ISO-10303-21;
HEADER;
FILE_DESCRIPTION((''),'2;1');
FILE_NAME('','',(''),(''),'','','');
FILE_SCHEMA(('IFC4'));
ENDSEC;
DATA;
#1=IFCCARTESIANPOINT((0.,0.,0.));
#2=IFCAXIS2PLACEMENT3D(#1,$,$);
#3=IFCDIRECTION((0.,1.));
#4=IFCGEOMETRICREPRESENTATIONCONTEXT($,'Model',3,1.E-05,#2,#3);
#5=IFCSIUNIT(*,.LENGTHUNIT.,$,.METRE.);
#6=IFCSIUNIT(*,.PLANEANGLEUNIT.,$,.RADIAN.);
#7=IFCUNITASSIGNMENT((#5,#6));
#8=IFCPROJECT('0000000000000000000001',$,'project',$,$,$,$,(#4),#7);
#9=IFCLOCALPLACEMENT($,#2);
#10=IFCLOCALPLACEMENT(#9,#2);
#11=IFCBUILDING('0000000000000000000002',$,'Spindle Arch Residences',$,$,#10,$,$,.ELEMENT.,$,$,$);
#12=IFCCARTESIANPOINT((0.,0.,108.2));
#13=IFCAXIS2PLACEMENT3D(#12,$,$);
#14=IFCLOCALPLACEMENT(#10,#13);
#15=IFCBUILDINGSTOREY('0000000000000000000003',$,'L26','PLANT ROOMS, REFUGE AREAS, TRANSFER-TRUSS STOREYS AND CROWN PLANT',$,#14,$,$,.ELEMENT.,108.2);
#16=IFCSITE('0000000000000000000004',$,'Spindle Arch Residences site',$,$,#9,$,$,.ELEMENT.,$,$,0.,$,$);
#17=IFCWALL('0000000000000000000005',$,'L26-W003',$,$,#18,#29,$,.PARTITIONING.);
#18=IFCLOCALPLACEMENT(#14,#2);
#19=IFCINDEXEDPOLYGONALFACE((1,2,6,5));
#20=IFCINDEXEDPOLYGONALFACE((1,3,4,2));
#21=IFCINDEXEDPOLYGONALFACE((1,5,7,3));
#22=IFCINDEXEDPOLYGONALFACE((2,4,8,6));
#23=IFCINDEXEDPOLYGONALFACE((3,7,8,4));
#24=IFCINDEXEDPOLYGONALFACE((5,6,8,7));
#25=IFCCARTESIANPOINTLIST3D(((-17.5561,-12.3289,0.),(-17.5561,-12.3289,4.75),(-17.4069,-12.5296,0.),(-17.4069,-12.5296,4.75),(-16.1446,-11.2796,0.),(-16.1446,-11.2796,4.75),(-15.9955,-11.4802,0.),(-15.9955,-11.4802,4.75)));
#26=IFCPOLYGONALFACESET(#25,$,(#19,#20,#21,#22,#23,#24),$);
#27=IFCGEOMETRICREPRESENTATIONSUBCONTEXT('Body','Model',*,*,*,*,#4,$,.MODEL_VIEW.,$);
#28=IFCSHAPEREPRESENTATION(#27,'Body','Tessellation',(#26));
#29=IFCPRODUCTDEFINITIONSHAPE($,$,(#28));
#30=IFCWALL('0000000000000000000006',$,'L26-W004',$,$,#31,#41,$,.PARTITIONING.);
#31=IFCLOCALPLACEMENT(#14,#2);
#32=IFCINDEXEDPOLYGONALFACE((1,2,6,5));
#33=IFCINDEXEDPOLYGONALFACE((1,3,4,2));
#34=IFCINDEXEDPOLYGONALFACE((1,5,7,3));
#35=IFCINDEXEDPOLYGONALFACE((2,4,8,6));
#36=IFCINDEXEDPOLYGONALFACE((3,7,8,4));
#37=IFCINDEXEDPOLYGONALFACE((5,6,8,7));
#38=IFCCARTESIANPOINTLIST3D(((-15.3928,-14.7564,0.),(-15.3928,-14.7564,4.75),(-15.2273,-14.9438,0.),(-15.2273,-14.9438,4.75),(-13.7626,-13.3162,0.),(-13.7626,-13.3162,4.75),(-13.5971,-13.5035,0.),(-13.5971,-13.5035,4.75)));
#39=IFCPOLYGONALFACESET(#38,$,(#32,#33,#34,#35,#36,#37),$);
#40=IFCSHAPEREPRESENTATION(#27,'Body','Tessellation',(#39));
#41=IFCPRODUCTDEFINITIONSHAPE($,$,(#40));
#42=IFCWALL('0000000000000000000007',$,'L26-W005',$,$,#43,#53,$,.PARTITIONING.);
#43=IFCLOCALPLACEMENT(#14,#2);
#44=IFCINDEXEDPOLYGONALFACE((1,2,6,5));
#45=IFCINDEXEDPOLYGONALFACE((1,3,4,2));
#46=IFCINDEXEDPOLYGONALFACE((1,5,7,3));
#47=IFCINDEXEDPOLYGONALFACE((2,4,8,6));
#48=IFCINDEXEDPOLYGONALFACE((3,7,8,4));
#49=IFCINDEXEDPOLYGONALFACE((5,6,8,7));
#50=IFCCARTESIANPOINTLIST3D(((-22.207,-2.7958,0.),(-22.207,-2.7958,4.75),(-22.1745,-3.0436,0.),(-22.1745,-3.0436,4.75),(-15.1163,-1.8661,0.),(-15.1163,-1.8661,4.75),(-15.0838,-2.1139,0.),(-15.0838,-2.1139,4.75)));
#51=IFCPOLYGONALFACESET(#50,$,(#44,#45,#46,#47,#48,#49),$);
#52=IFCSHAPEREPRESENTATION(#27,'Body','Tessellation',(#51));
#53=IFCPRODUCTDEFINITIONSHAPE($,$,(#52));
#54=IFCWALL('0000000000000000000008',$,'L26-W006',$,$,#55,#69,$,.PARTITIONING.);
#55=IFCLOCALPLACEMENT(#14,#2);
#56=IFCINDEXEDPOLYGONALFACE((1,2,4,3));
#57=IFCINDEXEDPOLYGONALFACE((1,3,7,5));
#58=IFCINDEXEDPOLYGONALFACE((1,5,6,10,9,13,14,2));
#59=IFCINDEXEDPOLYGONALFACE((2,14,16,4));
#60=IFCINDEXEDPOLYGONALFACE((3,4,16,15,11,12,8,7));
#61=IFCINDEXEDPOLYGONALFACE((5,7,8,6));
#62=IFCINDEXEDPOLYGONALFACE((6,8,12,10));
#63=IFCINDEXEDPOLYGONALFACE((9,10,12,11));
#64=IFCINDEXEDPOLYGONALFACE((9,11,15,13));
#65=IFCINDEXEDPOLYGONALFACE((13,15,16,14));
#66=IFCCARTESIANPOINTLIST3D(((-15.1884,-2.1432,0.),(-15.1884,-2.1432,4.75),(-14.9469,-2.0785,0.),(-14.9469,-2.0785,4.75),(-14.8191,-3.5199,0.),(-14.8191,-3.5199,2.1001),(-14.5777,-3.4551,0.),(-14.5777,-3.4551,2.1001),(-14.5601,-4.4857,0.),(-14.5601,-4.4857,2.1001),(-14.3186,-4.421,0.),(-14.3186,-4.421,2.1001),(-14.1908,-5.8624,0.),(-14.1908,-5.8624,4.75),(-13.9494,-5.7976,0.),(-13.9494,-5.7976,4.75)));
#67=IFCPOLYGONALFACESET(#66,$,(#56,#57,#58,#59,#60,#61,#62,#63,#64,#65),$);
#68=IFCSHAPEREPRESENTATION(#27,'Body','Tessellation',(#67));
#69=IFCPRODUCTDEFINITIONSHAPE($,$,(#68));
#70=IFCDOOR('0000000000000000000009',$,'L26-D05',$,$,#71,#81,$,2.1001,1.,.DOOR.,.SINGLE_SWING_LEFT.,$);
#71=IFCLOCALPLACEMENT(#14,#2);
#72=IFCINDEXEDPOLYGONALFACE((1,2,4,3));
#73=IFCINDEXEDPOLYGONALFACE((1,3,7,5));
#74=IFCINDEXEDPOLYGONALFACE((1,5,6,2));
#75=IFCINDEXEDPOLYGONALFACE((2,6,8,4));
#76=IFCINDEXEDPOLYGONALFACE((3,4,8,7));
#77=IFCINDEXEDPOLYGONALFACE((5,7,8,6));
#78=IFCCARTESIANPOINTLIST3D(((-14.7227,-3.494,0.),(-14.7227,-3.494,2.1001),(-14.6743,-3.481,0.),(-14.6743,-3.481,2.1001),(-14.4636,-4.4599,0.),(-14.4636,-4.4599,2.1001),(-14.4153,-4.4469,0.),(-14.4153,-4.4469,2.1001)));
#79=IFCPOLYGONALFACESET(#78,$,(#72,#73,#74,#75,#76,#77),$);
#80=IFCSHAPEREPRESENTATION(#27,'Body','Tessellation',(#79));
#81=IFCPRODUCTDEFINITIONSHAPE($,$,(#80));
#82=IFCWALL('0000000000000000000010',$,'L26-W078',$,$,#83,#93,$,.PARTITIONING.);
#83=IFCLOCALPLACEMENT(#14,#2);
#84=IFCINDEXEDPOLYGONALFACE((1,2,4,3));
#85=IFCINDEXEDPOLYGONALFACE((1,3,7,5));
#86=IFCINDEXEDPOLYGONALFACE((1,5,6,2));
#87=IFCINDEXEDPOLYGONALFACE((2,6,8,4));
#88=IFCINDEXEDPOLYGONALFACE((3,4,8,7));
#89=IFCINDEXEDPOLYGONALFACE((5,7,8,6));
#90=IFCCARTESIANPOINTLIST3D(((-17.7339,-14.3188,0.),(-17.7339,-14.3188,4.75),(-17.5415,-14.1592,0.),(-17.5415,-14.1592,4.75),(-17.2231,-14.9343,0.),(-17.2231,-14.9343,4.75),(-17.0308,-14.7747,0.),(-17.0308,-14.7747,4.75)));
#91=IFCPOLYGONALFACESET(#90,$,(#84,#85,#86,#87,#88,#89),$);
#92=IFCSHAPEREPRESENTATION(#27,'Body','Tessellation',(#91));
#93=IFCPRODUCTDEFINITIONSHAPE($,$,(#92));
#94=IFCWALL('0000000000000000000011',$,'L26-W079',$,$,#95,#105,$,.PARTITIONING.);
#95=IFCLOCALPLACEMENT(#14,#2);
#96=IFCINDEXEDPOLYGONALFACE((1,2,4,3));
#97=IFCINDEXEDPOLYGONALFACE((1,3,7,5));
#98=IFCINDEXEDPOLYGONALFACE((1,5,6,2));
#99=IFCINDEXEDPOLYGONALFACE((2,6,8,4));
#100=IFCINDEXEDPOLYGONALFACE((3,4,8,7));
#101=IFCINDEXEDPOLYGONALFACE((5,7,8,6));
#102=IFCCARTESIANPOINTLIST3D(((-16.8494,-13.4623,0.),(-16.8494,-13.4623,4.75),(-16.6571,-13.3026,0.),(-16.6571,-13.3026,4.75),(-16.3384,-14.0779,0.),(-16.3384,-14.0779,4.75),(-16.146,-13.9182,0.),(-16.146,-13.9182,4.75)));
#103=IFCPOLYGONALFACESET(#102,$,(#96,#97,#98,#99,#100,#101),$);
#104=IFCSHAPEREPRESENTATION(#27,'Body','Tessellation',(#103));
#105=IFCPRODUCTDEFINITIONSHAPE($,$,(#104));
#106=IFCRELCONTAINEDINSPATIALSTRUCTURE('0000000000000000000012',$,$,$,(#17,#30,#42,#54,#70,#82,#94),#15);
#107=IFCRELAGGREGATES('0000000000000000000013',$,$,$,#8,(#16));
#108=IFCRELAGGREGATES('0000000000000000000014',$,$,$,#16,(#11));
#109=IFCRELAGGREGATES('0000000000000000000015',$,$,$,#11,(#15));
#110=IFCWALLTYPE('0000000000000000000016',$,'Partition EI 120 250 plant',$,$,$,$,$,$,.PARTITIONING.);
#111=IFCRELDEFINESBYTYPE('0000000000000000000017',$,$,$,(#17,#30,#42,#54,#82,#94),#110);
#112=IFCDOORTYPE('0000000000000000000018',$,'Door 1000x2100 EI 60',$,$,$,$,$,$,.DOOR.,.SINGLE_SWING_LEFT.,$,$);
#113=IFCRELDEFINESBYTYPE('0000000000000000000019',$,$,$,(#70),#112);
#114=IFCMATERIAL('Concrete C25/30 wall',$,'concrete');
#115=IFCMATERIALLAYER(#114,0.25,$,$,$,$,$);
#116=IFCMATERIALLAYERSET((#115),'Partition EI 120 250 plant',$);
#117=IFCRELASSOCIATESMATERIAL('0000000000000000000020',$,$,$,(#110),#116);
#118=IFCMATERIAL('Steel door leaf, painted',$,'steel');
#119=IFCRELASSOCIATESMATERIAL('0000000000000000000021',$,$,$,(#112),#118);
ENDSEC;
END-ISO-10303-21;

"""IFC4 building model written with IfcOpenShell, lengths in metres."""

from ifc_helpers import new_model, si_unit, direction, frame, frame_2d, origin, place, context, subcontext, project, spatial, rectangle, extrude, material, layer, layer_set, type_object, element, fill, save


model = new_model("IFC4")

# Units and contexts
model_context = context("Model", 3, precision=1e-05, world=origin(), true_north=direction((0.0, 1.0)))
body_context = subcontext(model_context, "Body", "Model", "MODEL_VIEW")
ifc_project = project(units=[si_unit("LENGTHUNIT", "METRE"), si_unit("PLANEANGLEUNIT", "RADIAN")], contexts=[model_context])

# Site, building, storey
site_placement = place(None, origin())
site = spatial("IfcSite", under=ifc_project, at=site_placement, Name="Spindle Arch Residences site", CompositionType="ELEMENT", RefElevation=0.0)
building_placement = place(site_placement, origin())
building = spatial("IfcBuilding", under=site, at=building_placement, Name="Spindle Arch Residences", CompositionType="ELEMENT")
storey_placement = place(building_placement, frame((0.0, 0.0, 108.2)))
storey = spatial("IfcBuildingStorey", under=building, at=storey_placement, Name="L26", Description="PLANT ROOMS, REFUGE AREAS, TRANSFER-TRUSS STOREYS AND CROWN PLANT", CompositionType="ELEMENT", Elevation=108.2)

# Walls
ifc_material_1 = material(Name="Concrete C25/30 wall", Category="concrete")
ifc_layer_1 = layer(ifc_material_1, 0.25)
ifc_layer_set_1 = layer_set([ifc_layer_1], Name="Partition EI 120 250 plant")
wall_type_1 = type_object("IfcWallType", Name="Partition EI 120 250 plant", PredefinedType="PARTITIONING", material=ifc_layer_set_1)
wall_1_placement = place(storey_placement, frame((-16.0701, -11.3799, 0.0), z_axis=(0.0, 0.0, 1.0), x_axis=(-0.802508, -0.596641, 0.0)))
element("IfcWall", 1, at=wall_1_placement, inside=storey, type_object=wall_type_1, Name="L26-W003", PredefinedType="PARTITIONING", context=body_context, shape_type="SweptSolid", body=[
    extrude(rectangle(XDim=1.7588, YDim=0.25, at=frame_2d((0.8794, 0.0))), origin(), (0.0, 0.0, 1.0), 4.75),
])
wall_2_placement = place(storey_placement, frame((-15.3101, -14.8501, 0.0), z_axis=(0.0, 0.0, 1.0), x_axis=(0.749418, 0.662097, 0.0)))
element("IfcWall", 2, at=wall_2_placement, inside=storey, type_object=wall_type_1, Name="L26-W004", PredefinedType="PARTITIONING", context=body_context, shape_type="SweptSolid", body=[
    extrude(rectangle(XDim=2.1753, YDim=0.25, at=frame_2d((1.0876, 0.0))), origin(), (0.0, 0.0, 1.0), 4.75),
])
wall_3_placement = place(storey_placement, frame((-15.1001, -1.99, 0.0), z_axis=(0.0, 0.0, 1.0), x_axis=(-0.991514, -0.130003, 0.0)))
element("IfcWall", 3, at=wall_3_placement, inside=storey, type_object=wall_type_1, Name="L26-W005", PredefinedType="PARTITIONING", context=body_context, shape_type="SweptSolid", body=[
    extrude(rectangle(XDim=7.1514, YDim=0.25, at=frame_2d((3.5757, 0.0))), origin(), (0.0, 0.0, 1.0), 4.75),
])

# Wall, opening, door
wall_4_placement = place(storey_placement, frame((-15.0676, -2.1108, 0.0), z_axis=(0.0, 0.0, 1.0), x_axis=(0.259059, -0.965861, 0.0)))
wall_4 = element("IfcWall", 4, at=wall_4_placement, inside=storey, type_object=wall_type_1, Name="L26-W006", PredefinedType="PARTITIONING", context=body_context, shape_type="SweptSolid", body=[
    extrude(rectangle(XDim=3.8506, YDim=0.25, at=frame_2d((1.9253, 0.0))), origin(), (0.0, 0.0, 1.0), 4.75),
])
opening_placement = place(wall_4_placement, frame((1.4253, 0.0, 0.0)))
opening = element("IfcOpeningElement", 5, at=opening_placement, cuts=wall_4, PredefinedType="OPENING", context=body_context, shape_type="SweptSolid", body=[
    extrude(rectangle(XDim=1.0, YDim=2.1001, at=frame_2d((0.5, 1.05))), frame((0.0, 0.135, 0.0), z_axis=(0.0, -1.0, 0.0), x_axis=(1.0, 0.0, 0.0)), (0.0, 0.0, 1.0), 0.27),
])
ifc_material_2 = material(Name="Steel door leaf, painted", Category="steel")
door_type = type_object("IfcDoorType", Name="Door 1000x2100 EI 60", OperationType="SINGLE_SWING_LEFT", PredefinedType="DOOR", material=ifc_material_2)
door_placement = place(opening_placement, origin())
door = element("IfcDoor", 6, at=door_placement, inside=storey, type_object=door_type, Name="L26-D05", OperationType="SINGLE_SWING_LEFT", OverallHeight=2.1001, OverallWidth=1.0, PredefinedType="DOOR", context=body_context, shape_type="SweptSolid", body=[
    extrude(rectangle(XDim=1.0, YDim=2.1001, at=frame_2d((0.5, 1.05))), frame((0.0, 0.0249, 0.0), z_axis=(0.0, -1.0, 0.0), x_axis=(1.0, 0.0, 0.0)), (0.0, 0.0, 1.0), 0.05),
])
fill(opening, door)

# Walls
wall_5_placement = place(storey_placement, frame((-17.127, -14.8545, 0.0), z_axis=(0.0, 0.0, 1.0), x_axis=(-0.638592, 0.769546, 0.0)))
element("IfcWall", 7, at=wall_5_placement, inside=storey, type_object=wall_type_1, Name="L26-W078", PredefinedType="PARTITIONING", context=body_context, shape_type="SweptSolid", body=[
    extrude(rectangle(XDim=0.7998, YDim=0.25, at=frame_2d((0.3999, 0.0))), origin(), (0.0, 0.0, 1.0), 4.75),
])
wall_6_placement = place(storey_placement, frame((-16.7532, -13.3826, 0.0), z_axis=(0.0, 0.0, 1.0), x_axis=(0.638772, -0.769396, 0.0)))
element("IfcWall", 8, at=wall_6_placement, inside=storey, type_object=wall_type_1, Name="L26-W079", PredefinedType="PARTITIONING", context=body_context, shape_type="SweptSolid", body=[
    extrude(rectangle(XDim=0.8, YDim=0.25, at=frame_2d((0.3999, 0.0))), origin(), (0.0, 0.0, 1.0), 4.75),
])

save(model, "model.ifc")
